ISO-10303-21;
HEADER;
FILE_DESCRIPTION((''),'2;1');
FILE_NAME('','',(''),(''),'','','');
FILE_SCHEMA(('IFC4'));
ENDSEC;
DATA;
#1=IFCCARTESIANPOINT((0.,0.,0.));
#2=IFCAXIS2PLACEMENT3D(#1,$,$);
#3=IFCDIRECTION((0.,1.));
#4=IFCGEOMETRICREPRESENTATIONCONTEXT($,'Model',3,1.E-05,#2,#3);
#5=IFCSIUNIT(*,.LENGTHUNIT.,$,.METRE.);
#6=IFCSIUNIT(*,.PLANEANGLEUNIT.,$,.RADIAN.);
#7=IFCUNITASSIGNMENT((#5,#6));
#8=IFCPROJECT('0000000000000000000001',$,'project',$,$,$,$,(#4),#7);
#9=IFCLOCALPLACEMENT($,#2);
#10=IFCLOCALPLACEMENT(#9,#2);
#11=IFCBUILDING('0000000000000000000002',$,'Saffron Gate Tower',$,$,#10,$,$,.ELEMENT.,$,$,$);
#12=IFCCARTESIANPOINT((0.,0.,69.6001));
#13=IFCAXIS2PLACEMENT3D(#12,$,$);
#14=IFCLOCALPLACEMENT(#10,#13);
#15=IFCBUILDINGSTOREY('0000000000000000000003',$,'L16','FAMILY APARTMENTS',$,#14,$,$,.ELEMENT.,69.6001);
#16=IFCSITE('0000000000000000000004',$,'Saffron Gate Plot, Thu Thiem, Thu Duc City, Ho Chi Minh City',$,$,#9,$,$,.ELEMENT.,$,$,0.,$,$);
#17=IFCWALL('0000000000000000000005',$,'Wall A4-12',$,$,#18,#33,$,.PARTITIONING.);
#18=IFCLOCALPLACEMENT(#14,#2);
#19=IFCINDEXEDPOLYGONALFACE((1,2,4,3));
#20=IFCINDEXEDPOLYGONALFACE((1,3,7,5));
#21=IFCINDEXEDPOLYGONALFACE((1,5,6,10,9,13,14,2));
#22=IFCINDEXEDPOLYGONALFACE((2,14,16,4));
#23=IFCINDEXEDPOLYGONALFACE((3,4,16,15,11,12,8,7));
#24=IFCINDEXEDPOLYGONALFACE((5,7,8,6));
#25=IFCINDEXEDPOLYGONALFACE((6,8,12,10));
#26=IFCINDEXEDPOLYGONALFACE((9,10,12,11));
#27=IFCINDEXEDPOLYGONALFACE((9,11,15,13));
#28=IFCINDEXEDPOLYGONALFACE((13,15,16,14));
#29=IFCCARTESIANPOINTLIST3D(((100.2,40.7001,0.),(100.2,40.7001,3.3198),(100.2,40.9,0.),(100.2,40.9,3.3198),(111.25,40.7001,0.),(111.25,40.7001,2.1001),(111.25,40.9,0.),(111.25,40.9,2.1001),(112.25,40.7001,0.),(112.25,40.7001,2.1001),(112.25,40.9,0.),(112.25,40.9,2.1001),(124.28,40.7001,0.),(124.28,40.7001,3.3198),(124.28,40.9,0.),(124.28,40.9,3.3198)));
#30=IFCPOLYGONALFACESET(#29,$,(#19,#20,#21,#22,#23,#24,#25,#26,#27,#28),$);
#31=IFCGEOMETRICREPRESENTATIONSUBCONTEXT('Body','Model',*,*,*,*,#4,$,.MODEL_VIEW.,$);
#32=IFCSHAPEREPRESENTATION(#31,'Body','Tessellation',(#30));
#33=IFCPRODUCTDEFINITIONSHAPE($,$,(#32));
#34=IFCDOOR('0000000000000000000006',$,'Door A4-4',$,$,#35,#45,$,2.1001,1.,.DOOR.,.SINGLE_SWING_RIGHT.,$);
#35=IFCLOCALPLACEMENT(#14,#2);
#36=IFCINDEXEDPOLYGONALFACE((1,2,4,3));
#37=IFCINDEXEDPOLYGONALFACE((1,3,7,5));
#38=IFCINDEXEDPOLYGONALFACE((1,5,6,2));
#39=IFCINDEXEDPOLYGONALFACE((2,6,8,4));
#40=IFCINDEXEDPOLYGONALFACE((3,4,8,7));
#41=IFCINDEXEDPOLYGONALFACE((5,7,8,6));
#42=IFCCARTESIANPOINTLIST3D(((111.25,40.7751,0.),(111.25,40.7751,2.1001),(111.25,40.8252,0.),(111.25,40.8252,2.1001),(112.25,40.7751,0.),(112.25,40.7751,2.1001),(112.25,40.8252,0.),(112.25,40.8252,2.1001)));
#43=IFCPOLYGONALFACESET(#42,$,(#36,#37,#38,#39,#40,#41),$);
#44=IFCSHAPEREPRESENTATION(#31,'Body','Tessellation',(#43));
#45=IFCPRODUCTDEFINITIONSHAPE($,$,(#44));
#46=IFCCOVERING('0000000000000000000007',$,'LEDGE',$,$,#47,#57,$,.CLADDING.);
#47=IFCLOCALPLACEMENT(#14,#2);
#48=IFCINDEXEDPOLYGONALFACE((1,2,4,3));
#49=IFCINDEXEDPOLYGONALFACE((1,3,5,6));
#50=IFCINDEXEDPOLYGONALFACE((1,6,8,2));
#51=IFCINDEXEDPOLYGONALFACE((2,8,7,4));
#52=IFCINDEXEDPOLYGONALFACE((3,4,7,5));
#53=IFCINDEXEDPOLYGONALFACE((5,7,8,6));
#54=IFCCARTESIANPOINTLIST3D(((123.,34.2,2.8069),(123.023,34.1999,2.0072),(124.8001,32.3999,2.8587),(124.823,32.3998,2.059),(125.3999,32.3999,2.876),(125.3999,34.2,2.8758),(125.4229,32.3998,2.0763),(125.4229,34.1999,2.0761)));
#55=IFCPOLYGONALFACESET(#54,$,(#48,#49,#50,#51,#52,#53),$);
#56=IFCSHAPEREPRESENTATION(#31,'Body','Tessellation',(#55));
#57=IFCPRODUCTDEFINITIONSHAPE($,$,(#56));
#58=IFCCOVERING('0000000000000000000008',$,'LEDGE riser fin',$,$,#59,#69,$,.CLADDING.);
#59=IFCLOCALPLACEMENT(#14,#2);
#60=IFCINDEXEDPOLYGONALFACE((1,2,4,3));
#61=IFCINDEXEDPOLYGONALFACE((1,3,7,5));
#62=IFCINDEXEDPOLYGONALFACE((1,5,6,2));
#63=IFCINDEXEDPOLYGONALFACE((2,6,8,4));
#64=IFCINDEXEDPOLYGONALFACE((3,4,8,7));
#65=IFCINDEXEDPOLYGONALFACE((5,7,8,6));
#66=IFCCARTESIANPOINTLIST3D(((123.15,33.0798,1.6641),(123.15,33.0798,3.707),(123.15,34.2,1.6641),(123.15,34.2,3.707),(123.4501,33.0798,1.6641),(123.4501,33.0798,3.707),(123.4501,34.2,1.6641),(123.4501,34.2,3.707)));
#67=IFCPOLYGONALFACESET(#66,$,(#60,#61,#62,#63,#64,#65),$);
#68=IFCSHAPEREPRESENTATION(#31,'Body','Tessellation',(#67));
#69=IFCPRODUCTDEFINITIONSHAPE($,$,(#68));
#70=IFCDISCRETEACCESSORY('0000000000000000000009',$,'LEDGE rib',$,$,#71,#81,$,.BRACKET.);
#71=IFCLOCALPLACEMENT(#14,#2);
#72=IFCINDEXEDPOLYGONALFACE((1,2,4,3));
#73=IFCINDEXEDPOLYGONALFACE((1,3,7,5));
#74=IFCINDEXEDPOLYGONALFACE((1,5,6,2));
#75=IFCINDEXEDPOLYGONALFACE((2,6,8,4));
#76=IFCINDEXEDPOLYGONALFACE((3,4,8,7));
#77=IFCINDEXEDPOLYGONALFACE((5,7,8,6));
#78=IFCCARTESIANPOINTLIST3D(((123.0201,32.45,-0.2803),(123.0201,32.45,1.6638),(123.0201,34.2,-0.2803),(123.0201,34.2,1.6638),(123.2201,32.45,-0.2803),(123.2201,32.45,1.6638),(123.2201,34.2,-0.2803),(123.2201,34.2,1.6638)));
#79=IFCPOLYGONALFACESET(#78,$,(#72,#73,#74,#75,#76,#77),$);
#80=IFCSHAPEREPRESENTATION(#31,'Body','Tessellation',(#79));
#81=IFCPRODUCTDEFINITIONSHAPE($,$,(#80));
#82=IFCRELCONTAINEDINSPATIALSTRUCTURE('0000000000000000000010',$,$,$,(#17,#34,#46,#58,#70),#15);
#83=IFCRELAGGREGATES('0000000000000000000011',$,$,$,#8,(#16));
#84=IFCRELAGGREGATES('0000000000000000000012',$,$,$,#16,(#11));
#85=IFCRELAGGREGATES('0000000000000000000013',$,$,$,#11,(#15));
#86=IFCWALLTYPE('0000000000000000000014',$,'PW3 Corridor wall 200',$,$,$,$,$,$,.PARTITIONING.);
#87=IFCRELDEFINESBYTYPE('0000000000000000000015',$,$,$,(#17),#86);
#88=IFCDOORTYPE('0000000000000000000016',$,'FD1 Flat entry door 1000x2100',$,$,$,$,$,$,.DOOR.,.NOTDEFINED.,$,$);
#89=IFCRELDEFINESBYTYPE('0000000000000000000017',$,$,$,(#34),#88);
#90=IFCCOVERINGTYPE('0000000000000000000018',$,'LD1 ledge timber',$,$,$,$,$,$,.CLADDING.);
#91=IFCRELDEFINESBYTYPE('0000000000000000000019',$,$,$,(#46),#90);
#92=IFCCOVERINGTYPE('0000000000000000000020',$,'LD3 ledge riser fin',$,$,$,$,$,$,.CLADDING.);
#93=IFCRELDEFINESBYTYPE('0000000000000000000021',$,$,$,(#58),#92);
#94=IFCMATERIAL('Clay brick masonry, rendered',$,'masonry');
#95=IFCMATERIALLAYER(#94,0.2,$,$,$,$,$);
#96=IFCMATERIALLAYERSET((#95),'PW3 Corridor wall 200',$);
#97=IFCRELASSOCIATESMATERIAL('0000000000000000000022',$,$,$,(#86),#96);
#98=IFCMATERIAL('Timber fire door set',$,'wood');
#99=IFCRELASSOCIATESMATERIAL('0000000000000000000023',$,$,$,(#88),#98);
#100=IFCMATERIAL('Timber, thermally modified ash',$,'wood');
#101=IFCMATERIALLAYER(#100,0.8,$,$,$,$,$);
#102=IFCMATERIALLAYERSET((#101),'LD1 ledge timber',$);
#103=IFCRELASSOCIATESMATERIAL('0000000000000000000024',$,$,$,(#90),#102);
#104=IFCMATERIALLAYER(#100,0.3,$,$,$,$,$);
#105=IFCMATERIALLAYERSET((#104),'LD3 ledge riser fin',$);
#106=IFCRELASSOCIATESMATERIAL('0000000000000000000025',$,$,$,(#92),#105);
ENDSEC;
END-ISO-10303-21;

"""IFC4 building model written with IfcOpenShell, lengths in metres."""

from ifc_helpers import new_model, si_unit, direction, frame, frame_2d, origin, origin_2d, place, context, subcontext, project, spatial, polyline, rectangle, outline, extrude, material, layer, layer_set, type_object, element, fill, save


model = new_model("IFC4")

# Units and contexts
model_context = context("Model", 3, precision=1e-05, world=origin(), true_north=direction((0.0, 1.0)))
body_context = subcontext(model_context, "Body", "Model", "MODEL_VIEW")
ifc_project = project(units=[si_unit("LENGTHUNIT", "METRE"), si_unit("PLANEANGLEUNIT", "RADIAN")], contexts=[model_context])

# Site, building, storey
site_placement = place(None, origin())
site = spatial("IfcSite", under=ifc_project, at=site_placement, Name="Saffron Gate Plot, Thu Thiem, Thu Duc City, Ho Chi Minh City", CompositionType="ELEMENT", RefElevation=0.0)
building_placement = place(site_placement, origin())
building = spatial("IfcBuilding", under=site, at=building_placement, Name="Saffron Gate Tower", CompositionType="ELEMENT")
storey_placement = place(building_placement, frame((0.0, 0.0, 69.6001)))
storey = spatial("IfcBuildingStorey", under=building, at=storey_placement, Name="L16", Description="FAMILY APARTMENTS", CompositionType="ELEMENT", Elevation=69.6001)

# Wall, opening, door
ifc_material_1 = material(Name="Clay brick masonry, rendered", Category="masonry")
ifc_layer_1 = layer(ifc_material_1, 0.2)
ifc_layer_set_1 = layer_set([ifc_layer_1], Name="PW3 Corridor wall 200")
wall_type_1 = type_object("IfcWallType", Name="PW3 Corridor wall 200", PredefinedType="PARTITIONING", material=ifc_layer_set_1)
wall_1_placement = place(storey_placement, frame((124.28, 40.8, 0.0), z_axis=(0.0, 0.0, 1.0), x_axis=(-1.0, 0.0, 0.0)))
wall_1 = element("IfcWall", 1, at=wall_1_placement, inside=storey, type_object=wall_type_1, Name="Wall A4-12", PredefinedType="PARTITIONING", context=body_context, shape_type="SweptSolid", body=[
    extrude(rectangle(XDim=24.0801, YDim=0.2, at=frame_2d((12.04, 0.0))), origin(), (0.0, 0.0, 1.0), 3.3198),
])
opening_1_placement = place(wall_1_placement, frame((12.03, 0.0, 0.0)))
opening_1 = element("IfcOpeningElement", 2, at=opening_1_placement, cuts=wall_1, PredefinedType="OPENING", context=body_context, shape_type="SweptSolid", body=[
    extrude(rectangle(XDim=1.0, YDim=2.1001, at=frame_2d((0.5, 1.05))), frame((0.0, 0.1099, 0.0), z_axis=(0.0, -1.0, 0.0), x_axis=(1.0, 0.0, 0.0)), (0.0, 0.0, 1.0), 0.22),
])
ifc_material_2 = material(Name="Timber fire door set", Category="wood")
door_type_1 = type_object("IfcDoorType", Name="FD1 Flat entry door 1000x2100", OperationType="NOTDEFINED", PredefinedType="DOOR", material=ifc_material_2)
door_1_placement = place(opening_1_placement, origin())
door_1 = element("IfcDoor", 3, at=door_1_placement, inside=storey, type_object=door_type_1, Name="Door A4-4", OperationType="SINGLE_SWING_RIGHT", OverallHeight=2.1001, OverallWidth=1.0, PredefinedType="DOOR", context=body_context, shape_type="SweptSolid", body=[
    extrude(rectangle(XDim=1.0, YDim=2.1001, at=frame_2d((0.5, 1.05))), frame((0.0, 0.0249, 0.0), z_axis=(0.0, -1.0, 0.0), x_axis=(1.0, 0.0, 0.0)), (0.0, 0.0, 1.0), 0.05),
])
fill(opening_1, door_1)

# Coverings
ifc_material_3 = material(Name="Timber, thermally modified ash", Category="wood")
ifc_layer_2 = layer(ifc_material_3, 0.8)
ifc_layer_set_2 = layer_set([ifc_layer_2], Name="LD1 ledge timber")
covering_type_1 = type_object("IfcCoveringType", Name="LD1 ledge timber", PredefinedType="CLADDING", material=ifc_layer_set_2)
covering_1_placement = place(storey_placement, frame((123.0, 34.2, 2.8069), z_axis=(-0.028718, 0.00008, 0.999588), x_axis=(0.999588, 0.0, 0.028718)))
element("IfcCovering", 4, at=covering_1_placement, inside=storey, type_object=covering_type_1, Name="LEDGE", PredefinedType="CLADDING", context=body_context, shape_type="SweptSolid", body=[
    extrude(outline(polyline([(0.0, 0.0), (2.4009, 0.0), (2.4009, -1.8), (1.8008, -1.8), (0.0, 0.0)])), origin(), (0.0, 0.0, -1.0), 0.8),
])
ifc_layer_3 = layer(ifc_material_3, 0.3)
ifc_layer_set_3 = layer_set([ifc_layer_3], Name="LD3 ledge riser fin")
covering_type_2 = type_object("IfcCoveringType", Name="LD3 ledge riser fin", PredefinedType="CLADDING", material=ifc_layer_set_3)
covering_2_placement = place(storey_placement, frame((123.3, 33.6399, 1.6641), z_axis=(0.0, 0.0, 1.0), x_axis=(1.0, 0.0, 0.0)))
element("IfcCovering", 5, at=covering_2_placement, inside=storey, type_object=covering_type_2, Name="LEDGE riser fin", PredefinedType="CLADDING", context=body_context, shape_type="SweptSolid", body=[
    extrude(rectangle(XDim=0.3, YDim=1.1201, at=origin_2d()), origin(), (0.0, 0.0, 1.0), 2.043),
])

# Discrete accessory
discrete_accessory_placement = place(storey_placement, frame((123.1201, 33.325, -0.2803), z_axis=(0.0, 0.0, 1.0), x_axis=(1.0, 0.0, 0.0)))
element("IfcDiscreteAccessory", 6, at=discrete_accessory_placement, inside=storey, Name="LEDGE rib", PredefinedType="BRACKET", context=body_context, shape_type="SweptSolid", body=[
    extrude(rectangle(XDim=0.2, YDim=1.75, at=origin_2d()), origin(), (0.0, 0.0, 1.0), 1.9441),
])

save(model, "model.ifc")
